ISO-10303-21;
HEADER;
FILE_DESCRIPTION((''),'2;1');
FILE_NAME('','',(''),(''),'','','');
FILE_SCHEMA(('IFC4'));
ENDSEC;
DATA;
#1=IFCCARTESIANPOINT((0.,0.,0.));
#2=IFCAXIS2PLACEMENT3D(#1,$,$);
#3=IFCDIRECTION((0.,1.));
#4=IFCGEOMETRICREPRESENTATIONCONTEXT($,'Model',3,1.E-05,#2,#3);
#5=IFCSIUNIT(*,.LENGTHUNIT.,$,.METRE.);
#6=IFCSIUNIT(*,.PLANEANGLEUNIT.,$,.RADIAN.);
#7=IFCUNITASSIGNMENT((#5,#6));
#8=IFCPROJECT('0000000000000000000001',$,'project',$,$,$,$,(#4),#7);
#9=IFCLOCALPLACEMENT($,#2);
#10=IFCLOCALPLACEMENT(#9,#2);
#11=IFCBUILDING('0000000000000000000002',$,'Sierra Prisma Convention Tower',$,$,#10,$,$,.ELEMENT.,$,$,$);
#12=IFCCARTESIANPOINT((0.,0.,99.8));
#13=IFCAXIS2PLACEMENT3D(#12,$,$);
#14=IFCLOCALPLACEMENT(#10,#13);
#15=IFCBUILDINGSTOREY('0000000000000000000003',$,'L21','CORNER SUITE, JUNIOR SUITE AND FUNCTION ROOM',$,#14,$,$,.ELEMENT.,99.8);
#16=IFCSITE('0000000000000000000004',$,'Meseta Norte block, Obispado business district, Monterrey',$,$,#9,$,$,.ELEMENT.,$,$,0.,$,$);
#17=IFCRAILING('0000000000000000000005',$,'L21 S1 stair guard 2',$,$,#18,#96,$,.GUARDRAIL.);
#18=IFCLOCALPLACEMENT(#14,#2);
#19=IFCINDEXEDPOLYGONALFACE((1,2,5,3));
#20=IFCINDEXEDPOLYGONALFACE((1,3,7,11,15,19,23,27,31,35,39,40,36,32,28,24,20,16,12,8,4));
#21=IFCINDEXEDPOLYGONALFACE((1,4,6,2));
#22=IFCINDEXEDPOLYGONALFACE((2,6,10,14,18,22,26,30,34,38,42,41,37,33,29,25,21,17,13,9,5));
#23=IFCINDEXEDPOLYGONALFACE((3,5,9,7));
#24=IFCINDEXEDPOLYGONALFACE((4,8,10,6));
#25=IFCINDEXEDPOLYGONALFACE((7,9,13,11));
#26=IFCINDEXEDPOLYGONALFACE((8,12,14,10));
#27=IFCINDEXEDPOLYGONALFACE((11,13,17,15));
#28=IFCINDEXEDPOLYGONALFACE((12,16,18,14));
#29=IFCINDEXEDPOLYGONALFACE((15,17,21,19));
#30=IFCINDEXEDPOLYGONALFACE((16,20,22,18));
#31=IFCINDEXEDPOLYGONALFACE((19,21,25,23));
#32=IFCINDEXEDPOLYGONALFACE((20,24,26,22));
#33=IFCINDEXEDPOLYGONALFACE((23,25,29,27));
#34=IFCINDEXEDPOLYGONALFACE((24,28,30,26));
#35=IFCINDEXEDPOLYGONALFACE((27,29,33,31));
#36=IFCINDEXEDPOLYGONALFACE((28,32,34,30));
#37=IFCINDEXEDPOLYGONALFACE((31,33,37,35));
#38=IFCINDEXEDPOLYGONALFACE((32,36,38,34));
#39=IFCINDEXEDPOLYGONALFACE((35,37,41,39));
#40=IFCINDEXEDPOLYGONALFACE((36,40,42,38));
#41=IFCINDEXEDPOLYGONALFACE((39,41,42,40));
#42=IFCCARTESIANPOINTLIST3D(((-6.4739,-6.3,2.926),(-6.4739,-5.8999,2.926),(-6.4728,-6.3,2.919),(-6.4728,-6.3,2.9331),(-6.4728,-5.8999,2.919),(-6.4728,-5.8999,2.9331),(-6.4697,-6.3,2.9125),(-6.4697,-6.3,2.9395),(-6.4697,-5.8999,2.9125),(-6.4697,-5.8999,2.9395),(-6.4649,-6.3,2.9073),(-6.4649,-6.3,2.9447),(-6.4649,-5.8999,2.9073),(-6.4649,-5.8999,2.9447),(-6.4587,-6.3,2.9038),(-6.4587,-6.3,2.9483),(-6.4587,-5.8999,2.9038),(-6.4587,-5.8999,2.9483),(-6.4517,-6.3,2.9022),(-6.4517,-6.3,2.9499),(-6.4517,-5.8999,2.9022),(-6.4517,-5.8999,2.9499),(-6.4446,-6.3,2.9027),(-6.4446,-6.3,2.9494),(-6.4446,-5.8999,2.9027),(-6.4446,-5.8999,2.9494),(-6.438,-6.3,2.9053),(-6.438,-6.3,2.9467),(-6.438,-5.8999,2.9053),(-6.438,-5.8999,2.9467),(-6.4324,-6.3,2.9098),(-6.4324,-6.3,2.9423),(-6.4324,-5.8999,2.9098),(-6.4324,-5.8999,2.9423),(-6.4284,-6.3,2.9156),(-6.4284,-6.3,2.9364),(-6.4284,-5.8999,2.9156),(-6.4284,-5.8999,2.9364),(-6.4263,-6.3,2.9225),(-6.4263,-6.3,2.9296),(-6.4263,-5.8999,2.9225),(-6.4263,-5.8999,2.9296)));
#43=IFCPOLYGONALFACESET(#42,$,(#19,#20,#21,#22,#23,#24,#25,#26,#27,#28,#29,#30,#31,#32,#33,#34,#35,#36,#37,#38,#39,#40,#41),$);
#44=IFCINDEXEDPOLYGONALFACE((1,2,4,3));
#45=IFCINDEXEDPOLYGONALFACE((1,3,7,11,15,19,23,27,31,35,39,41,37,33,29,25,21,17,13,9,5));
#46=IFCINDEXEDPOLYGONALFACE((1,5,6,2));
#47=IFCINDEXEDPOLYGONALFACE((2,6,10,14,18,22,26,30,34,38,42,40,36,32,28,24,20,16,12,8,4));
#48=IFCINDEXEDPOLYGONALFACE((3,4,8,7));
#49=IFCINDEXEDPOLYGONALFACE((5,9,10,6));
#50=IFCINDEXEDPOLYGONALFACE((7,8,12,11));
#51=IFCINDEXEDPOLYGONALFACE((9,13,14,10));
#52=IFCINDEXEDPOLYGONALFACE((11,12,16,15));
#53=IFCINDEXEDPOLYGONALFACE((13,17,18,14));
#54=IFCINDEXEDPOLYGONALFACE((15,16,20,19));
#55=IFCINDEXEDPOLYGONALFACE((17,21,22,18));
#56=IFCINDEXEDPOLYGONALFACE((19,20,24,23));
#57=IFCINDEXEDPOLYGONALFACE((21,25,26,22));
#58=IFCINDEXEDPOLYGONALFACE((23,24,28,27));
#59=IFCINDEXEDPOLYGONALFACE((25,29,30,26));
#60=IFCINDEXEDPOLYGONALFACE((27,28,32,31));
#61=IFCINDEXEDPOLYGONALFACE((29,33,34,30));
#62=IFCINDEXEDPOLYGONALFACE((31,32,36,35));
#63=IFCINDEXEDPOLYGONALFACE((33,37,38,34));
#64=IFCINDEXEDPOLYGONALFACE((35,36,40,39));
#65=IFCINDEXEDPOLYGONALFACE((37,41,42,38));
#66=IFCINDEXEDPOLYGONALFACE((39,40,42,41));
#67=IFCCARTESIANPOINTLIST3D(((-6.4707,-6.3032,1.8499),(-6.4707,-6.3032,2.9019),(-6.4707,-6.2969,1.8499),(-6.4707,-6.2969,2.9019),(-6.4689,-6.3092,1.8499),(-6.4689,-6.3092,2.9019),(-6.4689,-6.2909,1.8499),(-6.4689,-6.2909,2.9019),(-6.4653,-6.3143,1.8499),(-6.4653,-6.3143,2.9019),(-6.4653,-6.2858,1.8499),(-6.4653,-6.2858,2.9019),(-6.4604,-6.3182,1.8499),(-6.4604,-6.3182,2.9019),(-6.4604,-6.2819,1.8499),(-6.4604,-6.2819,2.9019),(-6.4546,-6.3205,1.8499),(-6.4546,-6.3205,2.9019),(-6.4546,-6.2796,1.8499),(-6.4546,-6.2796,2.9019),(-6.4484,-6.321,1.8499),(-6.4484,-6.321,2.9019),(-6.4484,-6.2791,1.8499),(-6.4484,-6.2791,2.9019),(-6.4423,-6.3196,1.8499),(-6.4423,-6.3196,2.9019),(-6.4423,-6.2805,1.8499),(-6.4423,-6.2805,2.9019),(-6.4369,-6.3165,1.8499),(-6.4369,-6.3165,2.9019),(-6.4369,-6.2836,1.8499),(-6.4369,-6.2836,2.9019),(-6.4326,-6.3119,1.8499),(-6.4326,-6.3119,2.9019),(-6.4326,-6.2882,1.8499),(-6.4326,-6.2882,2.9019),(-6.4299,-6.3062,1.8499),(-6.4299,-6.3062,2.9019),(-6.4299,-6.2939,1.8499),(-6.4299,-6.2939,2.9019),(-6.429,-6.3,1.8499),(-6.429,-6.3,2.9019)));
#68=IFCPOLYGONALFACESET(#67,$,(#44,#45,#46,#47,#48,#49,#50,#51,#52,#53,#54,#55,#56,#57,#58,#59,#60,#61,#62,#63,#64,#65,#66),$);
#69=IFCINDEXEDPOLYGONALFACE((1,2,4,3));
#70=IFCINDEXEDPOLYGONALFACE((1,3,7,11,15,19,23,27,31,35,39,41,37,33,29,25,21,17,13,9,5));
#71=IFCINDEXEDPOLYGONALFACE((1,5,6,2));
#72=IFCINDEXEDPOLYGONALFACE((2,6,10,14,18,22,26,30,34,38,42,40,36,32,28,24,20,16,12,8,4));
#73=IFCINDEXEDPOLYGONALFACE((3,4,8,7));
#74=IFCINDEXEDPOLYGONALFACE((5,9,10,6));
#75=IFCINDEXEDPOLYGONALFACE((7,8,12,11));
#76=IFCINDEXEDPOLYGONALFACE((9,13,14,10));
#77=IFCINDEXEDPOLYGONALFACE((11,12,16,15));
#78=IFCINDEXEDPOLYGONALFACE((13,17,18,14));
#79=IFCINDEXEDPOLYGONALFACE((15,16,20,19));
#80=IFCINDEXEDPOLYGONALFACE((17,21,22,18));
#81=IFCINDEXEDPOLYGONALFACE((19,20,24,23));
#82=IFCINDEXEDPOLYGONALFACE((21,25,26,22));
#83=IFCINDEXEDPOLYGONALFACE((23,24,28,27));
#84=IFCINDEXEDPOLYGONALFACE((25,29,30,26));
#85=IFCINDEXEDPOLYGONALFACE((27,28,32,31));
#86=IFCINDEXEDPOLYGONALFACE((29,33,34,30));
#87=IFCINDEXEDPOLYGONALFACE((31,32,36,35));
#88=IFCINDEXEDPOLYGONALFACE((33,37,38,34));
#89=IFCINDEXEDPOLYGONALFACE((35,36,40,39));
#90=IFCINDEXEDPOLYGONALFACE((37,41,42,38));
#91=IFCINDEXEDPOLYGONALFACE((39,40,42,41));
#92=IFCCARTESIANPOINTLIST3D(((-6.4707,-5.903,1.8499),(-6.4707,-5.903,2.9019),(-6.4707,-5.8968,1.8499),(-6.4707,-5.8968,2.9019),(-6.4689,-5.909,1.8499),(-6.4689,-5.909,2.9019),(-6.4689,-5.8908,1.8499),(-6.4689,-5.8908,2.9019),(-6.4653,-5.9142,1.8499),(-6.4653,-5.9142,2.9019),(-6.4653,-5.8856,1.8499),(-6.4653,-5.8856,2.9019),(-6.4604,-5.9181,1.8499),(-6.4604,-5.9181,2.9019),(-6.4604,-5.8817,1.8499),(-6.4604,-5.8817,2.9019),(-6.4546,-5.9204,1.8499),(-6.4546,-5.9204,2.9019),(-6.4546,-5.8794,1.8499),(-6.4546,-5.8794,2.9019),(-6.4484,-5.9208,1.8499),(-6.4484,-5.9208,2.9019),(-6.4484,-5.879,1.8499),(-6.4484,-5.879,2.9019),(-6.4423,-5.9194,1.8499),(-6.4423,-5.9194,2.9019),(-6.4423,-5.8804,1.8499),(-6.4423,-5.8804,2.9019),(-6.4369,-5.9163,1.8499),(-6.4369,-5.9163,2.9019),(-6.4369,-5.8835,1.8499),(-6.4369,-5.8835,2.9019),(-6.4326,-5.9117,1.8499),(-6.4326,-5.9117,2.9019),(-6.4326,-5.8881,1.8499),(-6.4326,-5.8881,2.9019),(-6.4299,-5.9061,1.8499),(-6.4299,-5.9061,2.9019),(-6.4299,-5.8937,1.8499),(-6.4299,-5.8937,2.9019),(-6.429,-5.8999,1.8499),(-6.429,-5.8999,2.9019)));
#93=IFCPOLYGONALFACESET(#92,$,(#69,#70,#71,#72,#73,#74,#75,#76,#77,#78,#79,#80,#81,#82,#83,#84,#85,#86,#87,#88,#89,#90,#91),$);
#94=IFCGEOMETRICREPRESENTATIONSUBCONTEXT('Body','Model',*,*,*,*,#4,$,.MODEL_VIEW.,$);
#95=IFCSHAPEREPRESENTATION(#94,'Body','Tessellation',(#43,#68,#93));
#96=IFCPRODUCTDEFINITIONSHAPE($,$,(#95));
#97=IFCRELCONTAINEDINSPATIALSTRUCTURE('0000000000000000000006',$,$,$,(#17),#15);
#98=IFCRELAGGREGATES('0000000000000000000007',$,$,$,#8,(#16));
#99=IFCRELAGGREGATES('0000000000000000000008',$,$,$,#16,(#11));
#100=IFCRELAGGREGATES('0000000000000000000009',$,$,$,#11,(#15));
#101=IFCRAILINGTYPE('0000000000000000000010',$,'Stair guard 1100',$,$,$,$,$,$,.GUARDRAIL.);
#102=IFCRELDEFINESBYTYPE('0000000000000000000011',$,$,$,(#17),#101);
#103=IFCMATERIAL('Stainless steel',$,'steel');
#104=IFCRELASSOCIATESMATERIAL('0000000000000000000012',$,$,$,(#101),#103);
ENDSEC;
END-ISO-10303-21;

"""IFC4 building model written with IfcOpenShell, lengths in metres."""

from ifc_helpers import new_model, si_unit, direction, frame, origin, origin_2d, place, context, subcontext, project, spatial, circle, extrude, material, type_object, element, save


model = new_model("IFC4")

# Units and contexts
model_context = context("Model", 3, precision=1e-05, world=origin(), true_north=direction((0.0, 1.0)))
body_context = subcontext(model_context, "Body", "Model", "MODEL_VIEW")
ifc_project = project(units=[si_unit("LENGTHUNIT", "METRE"), si_unit("PLANEANGLEUNIT", "RADIAN")], contexts=[model_context])

# Site, building, storey
site_placement = place(None, origin())
site = spatial("IfcSite", under=ifc_project, at=site_placement, Name="Meseta Norte block, Obispado business district, Monterrey", CompositionType="ELEMENT", RefElevation=0.0)
building_placement = place(site_placement, origin())
building = spatial("IfcBuilding", under=site, at=building_placement, Name="Sierra Prisma Convention Tower", CompositionType="ELEMENT")
storey_placement = place(building_placement, frame((0.0, 0.0, 99.8)))
storey = spatial("IfcBuildingStorey", under=building, at=storey_placement, Name="L21", Description="CORNER SUITE, JUNIOR SUITE AND FUNCTION ROOM", CompositionType="ELEMENT", Elevation=99.8)

# Railing
ifc_material_1 = material(Name="Stainless steel", Category="steel")
railing_type_1 = type_object("IfcRailingType", Name="Stair guard 1100", PredefinedType="GUARDRAIL", material=ifc_material_1)
railing_1_placement = place(storey_placement, frame((-6.45, -6.3, 1.8499)))
element("IfcRailing", 1, at=railing_1_placement, inside=storey, type_object=railing_type_1, Name="L21 S1 stair guard 2", PredefinedType="GUARDRAIL", context=body_context, shape_type="SweptSolid", body=[
    extrude(circle(Radius=0.0239, at=origin_2d()), frame((0.0, 0.0, 1.0762), z_axis=(0.0, 1.0, 0.0), x_axis=(-1.0, 0.0, 0.0)), (0.0, 0.0, 1.0), 0.4001),
    extrude(circle(Radius=0.021, at=origin_2d()), origin(), (0.0, 0.0, 1.0), 1.052),
    extrude(circle(Radius=0.021, at=origin_2d()), frame((0.0, 0.4001, 0.0)), (0.0, 0.0, 1.0), 1.052),
])

save(model, "model.ifc")
